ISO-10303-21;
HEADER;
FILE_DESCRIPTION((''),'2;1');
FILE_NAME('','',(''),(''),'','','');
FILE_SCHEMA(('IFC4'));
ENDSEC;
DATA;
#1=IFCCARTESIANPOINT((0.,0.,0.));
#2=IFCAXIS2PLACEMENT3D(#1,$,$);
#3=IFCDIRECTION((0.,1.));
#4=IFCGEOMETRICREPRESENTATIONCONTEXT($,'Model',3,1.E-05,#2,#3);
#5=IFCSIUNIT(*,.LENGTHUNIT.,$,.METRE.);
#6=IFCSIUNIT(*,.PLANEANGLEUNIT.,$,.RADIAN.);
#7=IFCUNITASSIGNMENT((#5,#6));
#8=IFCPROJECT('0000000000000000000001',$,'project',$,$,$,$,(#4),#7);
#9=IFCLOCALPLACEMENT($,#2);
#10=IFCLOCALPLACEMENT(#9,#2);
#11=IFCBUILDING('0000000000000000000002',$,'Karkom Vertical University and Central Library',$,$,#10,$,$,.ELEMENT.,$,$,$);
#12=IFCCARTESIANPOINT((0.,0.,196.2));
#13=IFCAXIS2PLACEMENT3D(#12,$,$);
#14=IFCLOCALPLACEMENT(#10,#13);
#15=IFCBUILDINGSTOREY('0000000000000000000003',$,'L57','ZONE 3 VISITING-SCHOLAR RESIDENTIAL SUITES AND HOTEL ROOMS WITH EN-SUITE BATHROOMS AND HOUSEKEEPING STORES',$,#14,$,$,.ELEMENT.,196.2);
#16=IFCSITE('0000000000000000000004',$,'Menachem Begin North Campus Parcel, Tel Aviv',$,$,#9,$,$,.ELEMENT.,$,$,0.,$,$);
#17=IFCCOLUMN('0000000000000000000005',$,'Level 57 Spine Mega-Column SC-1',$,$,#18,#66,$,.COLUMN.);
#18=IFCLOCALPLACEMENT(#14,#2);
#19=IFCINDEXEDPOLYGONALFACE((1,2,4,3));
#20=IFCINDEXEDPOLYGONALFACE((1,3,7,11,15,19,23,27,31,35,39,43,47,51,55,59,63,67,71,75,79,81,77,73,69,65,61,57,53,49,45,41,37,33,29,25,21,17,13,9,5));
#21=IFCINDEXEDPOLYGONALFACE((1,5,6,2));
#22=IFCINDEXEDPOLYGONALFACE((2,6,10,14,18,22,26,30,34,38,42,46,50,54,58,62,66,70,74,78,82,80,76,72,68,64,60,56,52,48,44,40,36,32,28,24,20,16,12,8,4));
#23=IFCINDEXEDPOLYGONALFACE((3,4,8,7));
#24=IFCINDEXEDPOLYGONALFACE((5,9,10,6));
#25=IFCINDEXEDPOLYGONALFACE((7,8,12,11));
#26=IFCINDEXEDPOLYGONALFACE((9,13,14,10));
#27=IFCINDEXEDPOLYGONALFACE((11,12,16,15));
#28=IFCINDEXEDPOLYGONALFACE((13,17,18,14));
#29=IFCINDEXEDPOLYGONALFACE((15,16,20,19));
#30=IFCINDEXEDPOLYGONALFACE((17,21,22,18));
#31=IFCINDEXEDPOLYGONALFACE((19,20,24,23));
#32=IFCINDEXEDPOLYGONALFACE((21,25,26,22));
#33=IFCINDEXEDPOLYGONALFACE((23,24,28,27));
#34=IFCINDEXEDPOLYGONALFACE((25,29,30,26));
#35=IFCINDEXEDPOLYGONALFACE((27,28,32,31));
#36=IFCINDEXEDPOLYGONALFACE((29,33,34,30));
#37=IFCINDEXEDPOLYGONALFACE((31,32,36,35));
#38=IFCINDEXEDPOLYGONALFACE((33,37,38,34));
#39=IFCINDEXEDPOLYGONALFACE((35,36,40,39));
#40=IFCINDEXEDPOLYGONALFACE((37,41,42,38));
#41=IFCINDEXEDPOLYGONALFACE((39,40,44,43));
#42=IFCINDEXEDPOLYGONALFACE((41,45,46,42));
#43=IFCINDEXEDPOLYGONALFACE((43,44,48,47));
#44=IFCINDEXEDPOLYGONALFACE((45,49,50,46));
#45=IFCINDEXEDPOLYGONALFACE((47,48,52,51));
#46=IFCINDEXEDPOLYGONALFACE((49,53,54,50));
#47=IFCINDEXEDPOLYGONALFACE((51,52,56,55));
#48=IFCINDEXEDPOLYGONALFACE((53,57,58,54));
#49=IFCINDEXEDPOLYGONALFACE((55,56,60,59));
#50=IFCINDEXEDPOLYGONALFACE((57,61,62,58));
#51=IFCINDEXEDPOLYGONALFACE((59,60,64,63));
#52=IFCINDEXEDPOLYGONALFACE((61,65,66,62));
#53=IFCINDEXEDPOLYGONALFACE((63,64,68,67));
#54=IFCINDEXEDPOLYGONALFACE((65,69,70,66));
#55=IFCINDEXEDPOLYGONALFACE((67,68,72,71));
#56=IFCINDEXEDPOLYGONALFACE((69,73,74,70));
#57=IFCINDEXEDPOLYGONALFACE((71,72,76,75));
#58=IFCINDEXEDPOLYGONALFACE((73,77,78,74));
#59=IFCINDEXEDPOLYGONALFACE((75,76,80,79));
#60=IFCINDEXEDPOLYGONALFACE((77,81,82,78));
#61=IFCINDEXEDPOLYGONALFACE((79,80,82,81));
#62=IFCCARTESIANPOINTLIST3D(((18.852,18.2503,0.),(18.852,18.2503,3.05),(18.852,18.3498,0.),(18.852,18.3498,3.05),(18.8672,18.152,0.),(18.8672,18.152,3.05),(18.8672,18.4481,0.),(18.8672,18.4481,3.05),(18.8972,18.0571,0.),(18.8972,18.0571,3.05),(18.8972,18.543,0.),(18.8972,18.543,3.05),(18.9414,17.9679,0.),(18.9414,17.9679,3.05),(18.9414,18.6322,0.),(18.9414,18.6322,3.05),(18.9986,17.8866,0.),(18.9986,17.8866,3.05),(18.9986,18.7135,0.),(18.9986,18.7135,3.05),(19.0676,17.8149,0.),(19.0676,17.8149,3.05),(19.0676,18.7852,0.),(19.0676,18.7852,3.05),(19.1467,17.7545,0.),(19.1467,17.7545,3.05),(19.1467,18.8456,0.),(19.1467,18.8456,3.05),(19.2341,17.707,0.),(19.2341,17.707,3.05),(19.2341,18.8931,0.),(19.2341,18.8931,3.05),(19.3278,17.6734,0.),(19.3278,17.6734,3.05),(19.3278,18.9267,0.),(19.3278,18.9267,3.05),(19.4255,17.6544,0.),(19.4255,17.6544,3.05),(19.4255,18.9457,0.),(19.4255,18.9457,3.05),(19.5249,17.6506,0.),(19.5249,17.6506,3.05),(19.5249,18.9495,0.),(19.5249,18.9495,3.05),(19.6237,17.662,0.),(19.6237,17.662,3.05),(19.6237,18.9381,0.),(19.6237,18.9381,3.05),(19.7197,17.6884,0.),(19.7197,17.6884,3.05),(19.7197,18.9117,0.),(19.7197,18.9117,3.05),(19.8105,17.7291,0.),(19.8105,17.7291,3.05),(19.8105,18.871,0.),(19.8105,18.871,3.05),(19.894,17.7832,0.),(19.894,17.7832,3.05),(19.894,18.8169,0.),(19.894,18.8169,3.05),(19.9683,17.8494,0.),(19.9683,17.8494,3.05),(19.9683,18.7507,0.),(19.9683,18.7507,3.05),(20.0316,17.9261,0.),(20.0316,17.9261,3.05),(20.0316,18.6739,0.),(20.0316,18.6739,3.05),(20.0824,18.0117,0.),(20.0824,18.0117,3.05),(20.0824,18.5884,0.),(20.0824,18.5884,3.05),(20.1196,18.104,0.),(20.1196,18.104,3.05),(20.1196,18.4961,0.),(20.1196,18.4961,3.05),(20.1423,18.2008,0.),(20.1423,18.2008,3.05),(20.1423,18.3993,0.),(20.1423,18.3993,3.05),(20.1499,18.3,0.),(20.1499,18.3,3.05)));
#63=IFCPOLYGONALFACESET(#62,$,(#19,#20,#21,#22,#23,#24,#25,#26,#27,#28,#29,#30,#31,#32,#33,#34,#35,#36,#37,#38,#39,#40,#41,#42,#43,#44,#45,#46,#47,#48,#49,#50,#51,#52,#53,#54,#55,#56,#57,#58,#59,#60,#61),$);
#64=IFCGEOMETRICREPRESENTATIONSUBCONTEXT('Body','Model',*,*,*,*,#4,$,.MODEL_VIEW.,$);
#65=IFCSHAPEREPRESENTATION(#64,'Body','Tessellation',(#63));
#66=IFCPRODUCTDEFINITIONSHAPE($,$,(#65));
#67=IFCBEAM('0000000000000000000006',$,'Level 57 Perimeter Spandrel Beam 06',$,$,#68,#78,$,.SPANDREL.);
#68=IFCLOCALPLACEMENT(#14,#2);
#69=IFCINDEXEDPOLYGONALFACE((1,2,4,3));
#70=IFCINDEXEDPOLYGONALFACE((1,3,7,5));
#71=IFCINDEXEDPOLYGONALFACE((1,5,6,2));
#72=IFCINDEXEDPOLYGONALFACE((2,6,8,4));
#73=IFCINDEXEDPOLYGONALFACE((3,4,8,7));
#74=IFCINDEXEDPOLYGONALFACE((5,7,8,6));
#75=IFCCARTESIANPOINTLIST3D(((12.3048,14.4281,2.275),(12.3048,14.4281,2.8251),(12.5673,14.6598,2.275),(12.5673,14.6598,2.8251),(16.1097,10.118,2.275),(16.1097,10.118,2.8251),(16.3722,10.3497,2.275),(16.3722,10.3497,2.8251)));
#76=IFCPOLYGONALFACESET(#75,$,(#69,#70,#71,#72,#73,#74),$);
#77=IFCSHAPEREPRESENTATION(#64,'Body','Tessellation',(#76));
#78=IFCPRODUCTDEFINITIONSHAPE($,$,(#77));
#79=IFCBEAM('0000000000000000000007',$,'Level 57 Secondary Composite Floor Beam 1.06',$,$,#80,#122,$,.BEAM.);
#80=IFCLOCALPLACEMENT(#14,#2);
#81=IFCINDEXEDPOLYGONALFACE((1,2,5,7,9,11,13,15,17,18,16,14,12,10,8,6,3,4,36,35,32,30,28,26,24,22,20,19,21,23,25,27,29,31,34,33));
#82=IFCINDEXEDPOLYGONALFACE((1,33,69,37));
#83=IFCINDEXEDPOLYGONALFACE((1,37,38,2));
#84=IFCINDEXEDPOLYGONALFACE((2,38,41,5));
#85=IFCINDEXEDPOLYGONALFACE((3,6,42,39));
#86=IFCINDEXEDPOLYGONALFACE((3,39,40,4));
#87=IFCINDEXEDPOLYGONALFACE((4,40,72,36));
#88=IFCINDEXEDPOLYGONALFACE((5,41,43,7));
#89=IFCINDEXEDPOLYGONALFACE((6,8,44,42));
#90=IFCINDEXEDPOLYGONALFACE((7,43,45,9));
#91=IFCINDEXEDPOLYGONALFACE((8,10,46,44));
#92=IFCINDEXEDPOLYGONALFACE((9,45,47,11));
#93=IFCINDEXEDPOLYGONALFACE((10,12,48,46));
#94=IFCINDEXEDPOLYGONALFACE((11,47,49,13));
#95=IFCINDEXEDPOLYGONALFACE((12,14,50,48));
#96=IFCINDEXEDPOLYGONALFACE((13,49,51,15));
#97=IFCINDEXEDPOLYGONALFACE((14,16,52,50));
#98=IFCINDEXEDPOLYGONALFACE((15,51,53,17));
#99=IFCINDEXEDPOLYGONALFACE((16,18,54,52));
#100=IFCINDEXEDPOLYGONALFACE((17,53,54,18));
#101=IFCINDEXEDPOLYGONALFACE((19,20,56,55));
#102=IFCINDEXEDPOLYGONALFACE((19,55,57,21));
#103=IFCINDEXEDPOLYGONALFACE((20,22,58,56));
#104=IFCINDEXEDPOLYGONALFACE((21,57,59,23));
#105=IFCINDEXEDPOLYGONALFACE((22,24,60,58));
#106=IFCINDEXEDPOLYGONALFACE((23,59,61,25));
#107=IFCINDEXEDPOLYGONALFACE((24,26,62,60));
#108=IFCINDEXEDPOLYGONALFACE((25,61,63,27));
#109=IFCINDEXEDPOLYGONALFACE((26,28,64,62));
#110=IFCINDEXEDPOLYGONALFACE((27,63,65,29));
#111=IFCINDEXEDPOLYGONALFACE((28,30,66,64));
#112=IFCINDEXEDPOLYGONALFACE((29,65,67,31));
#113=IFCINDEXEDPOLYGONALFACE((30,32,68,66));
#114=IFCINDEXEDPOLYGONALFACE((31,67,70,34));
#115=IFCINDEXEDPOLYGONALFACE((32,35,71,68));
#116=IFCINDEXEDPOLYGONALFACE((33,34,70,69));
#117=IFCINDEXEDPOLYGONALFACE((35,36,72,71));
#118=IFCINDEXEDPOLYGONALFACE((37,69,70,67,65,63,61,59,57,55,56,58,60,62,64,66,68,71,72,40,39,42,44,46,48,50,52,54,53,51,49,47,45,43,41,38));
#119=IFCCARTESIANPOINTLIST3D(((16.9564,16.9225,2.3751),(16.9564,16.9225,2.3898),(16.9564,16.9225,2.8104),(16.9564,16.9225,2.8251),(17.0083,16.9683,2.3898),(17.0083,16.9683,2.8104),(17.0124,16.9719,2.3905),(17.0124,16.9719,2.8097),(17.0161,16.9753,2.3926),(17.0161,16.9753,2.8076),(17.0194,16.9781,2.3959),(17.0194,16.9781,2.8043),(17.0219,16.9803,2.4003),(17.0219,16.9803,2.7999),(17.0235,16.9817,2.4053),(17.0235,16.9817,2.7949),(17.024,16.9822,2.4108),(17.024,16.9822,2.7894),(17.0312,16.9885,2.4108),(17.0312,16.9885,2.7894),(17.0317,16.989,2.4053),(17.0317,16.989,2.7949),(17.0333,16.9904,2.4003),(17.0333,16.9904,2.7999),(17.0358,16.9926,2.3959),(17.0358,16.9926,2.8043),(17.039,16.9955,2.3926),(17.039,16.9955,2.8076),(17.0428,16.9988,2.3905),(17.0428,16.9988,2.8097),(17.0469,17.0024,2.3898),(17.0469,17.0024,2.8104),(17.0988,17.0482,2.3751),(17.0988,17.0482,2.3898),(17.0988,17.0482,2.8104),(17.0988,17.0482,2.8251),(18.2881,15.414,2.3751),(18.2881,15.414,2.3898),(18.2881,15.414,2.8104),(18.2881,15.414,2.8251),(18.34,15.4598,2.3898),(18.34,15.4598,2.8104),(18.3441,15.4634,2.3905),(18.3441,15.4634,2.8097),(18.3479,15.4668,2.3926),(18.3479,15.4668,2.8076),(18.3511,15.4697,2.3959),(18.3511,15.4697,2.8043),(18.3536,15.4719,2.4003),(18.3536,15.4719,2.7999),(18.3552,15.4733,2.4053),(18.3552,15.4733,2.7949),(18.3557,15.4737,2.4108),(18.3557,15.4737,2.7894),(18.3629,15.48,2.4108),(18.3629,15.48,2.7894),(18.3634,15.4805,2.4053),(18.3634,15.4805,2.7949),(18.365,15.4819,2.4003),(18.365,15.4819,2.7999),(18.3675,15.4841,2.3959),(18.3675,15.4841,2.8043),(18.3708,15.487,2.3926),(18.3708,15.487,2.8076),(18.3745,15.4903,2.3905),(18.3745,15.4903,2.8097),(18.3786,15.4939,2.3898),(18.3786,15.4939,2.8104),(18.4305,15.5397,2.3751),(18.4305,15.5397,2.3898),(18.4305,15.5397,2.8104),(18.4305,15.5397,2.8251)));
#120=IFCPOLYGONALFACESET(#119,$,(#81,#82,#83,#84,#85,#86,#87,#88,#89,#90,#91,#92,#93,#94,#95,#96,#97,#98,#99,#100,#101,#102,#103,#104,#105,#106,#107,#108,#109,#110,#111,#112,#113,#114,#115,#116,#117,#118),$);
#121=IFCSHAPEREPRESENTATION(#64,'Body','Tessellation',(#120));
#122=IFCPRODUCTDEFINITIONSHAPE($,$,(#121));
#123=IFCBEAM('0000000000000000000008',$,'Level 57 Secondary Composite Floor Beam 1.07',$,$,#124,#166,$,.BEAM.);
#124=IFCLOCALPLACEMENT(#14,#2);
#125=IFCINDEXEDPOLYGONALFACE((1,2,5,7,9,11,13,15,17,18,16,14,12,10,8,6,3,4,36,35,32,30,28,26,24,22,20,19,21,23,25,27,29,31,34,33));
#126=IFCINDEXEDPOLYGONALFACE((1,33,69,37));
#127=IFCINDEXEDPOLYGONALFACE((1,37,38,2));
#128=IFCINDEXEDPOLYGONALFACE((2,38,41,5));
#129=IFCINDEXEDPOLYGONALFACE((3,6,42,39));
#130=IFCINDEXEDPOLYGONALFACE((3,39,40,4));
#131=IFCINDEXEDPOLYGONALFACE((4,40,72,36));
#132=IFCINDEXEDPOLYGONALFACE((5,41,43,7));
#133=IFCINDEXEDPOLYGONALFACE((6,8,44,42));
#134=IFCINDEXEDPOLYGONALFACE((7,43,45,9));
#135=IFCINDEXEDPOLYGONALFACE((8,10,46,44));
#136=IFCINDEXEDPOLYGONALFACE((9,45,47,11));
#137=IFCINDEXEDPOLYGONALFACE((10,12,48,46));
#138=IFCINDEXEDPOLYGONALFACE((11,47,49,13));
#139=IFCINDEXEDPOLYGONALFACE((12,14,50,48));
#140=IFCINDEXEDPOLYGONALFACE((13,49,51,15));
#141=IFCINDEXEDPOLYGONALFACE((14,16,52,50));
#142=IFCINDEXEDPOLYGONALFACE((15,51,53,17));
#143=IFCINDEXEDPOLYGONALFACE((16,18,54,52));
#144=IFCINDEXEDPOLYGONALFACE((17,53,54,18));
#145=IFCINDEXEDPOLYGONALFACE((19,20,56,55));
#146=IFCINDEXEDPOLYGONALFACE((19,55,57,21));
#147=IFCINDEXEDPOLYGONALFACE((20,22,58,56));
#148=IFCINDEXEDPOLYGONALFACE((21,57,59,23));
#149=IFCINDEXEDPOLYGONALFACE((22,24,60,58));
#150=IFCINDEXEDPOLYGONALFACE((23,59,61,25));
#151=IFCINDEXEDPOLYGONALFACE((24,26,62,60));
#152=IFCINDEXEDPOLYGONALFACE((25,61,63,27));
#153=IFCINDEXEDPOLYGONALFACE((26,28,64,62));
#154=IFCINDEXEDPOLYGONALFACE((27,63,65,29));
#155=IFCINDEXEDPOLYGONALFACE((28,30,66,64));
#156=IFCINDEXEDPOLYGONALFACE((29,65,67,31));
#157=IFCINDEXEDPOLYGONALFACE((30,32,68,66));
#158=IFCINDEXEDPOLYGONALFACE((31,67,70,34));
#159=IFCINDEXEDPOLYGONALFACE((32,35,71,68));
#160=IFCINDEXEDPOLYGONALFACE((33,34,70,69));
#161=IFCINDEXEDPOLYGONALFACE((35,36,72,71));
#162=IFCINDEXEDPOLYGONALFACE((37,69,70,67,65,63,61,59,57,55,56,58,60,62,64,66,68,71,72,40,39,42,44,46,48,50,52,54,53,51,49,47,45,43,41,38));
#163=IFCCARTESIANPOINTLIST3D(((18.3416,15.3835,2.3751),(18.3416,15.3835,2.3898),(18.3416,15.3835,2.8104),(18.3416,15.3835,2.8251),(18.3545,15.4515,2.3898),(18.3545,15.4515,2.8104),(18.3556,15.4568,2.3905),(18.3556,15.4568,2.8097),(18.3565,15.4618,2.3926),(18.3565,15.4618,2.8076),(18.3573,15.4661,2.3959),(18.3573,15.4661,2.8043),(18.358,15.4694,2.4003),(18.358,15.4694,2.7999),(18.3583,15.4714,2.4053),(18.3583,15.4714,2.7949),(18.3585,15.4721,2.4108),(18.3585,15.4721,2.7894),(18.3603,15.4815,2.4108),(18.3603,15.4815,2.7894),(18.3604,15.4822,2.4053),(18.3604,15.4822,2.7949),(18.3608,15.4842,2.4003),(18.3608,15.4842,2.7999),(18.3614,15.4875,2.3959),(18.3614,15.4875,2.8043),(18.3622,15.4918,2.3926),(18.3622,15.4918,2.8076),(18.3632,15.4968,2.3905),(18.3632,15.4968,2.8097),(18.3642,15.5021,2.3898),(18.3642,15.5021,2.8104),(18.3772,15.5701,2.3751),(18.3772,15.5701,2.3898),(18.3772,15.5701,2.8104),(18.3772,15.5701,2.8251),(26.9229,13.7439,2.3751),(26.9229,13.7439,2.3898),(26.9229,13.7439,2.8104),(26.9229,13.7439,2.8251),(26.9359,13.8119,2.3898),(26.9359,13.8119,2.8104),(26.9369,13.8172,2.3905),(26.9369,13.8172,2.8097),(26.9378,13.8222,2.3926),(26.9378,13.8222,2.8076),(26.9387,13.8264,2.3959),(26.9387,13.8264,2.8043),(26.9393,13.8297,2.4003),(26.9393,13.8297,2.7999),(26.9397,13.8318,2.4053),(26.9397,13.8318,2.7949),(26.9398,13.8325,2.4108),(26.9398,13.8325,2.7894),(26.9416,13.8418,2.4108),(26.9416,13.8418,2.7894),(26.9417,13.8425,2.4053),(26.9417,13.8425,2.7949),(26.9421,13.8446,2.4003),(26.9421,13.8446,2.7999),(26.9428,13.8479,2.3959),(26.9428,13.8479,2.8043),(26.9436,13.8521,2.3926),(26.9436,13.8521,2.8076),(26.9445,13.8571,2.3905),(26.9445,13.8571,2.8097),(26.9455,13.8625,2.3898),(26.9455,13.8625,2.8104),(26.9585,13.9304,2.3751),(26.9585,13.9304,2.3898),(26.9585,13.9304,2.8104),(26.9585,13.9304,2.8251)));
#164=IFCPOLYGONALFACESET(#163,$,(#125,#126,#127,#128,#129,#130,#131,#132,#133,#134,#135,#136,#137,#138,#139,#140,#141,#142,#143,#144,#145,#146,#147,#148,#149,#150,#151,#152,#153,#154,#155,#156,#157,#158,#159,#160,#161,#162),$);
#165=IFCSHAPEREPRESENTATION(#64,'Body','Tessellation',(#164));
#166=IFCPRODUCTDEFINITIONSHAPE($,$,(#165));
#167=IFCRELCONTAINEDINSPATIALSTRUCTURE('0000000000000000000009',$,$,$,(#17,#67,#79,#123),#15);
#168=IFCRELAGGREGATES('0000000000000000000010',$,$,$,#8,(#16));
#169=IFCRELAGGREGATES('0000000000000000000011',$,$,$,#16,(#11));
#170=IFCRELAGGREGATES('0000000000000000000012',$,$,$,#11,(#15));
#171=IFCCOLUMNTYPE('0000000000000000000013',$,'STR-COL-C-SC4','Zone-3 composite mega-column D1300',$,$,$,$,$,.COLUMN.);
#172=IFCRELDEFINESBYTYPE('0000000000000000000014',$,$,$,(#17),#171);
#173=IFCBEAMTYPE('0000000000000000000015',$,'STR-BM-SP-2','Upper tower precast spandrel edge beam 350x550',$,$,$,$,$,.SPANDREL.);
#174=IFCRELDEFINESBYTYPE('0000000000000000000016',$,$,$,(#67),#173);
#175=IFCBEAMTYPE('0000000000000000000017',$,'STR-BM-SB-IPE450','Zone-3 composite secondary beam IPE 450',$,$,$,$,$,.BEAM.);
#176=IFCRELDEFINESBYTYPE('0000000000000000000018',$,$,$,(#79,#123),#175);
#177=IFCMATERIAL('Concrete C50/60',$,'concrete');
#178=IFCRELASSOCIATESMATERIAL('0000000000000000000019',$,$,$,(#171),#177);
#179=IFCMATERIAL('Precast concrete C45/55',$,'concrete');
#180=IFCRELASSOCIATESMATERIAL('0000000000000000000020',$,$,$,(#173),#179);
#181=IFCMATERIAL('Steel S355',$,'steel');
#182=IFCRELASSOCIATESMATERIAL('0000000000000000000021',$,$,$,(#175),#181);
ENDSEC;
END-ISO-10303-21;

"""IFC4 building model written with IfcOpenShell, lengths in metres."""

from ifc_helpers import new_model, si_unit, direction, frame, origin, origin_with_axes, origin_2d, place, context, subcontext, project, spatial, rectangle, circle, i_section, extrude, source, transform, mapped, material, material_profile, profile_set, type_object, element, save


model = new_model("IFC4")

# Units and contexts
model_context = context("Model", 3, precision=1e-05, world=origin(), true_north=direction((0.0, 1.0)))
body_context = subcontext(model_context, "Body", "Model", "MODEL_VIEW")
ifc_project = project(units=[si_unit("LENGTHUNIT", "METRE"), si_unit("PLANEANGLEUNIT", "RADIAN")], contexts=[model_context])

# Site, building, storey
site_placement = place(None, origin())
site = spatial("IfcSite", under=ifc_project, at=site_placement, Name="Menachem Begin North Campus Parcel, Tel Aviv", CompositionType="ELEMENT", RefElevation=0.0)
building_placement = place(site_placement, origin())
building = spatial("IfcBuilding", under=site, at=building_placement, Name="Karkom Vertical University and Central Library", CompositionType="ELEMENT")
storey_placement = place(building_placement, frame((0.0, 0.0, 196.2)))
storey = spatial("IfcBuildingStorey", under=building, at=storey_placement, Name="L57", Description="ZONE 3 VISITING-SCHOLAR RESIDENTIAL SUITES AND HOTEL ROOMS WITH EN-SUITE BATHROOMS AND HOUSEKEEPING STORES", CompositionType="ELEMENT", Elevation=196.2)

# Column
ifc_material_1 = material(Name="Concrete C50/60", Category="concrete")
ifc_material_profile_1 = material_profile(ifc_material_1, circle(Radius=0.6499, at=origin_2d()), Name="CFT-D1300")
ifc_profile_set_1 = profile_set([ifc_material_profile_1], Name="Concrete C50/60")
column_type = type_object("IfcColumnType", Name="STR-COL-C-SC4", Description="Zone-3 composite mega-column D1300", PredefinedType="COLUMN", material=ifc_profile_set_1)
shared_shape_1 = source(origin_with_axes(), body_context, "Body", "SweptSolid", [
    extrude(circle(Radius=0.6499, at=origin_2d()), origin(), (0.0, 0.0, 1.0), 3.05),
])
column_placement = place(storey_placement, frame((19.5, 18.3, 0.0), z_axis=(0.0, 0.0, 1.0), x_axis=(1.0, 0.0, 0.0)))
element("IfcColumn", 1, at=column_placement, inside=storey, type_object=column_type, Name="Level 57 Spine Mega-Column SC-1", PredefinedType="COLUMN", context=body_context, shape_type="MappedRepresentation", body=[
    mapped(shared_shape_1, transform((0.0, 0.0, 0.0), scale=1.0)),
])

# Beams
ifc_material_2 = material(Name="Precast concrete C45/55", Category="concrete")
ifc_material_profile_2 = material_profile(ifc_material_2, rectangle(XDim=0.3501, YDim=0.55, at=origin_2d()), Name="SPB-350x550")
ifc_profile_set_2 = profile_set([ifc_material_profile_2], Name="Precast concrete C45/55")
beam_type_1 = type_object("IfcBeamType", Name="STR-BM-SP-2", Description="Upper tower precast spandrel edge beam 350x550", PredefinedType="SPANDREL", material=ifc_profile_set_2)
shared_shape_2 = source(origin_with_axes(), body_context, "Body", "SweptSolid", [
    extrude(rectangle(XDim=0.3501, YDim=0.55, at=origin_2d()), origin(), (0.0, 0.0, 1.0), 5.7493),
])
beam_1_placement = place(storey_placement, frame((12.436, 14.5439, 2.55), z_axis=(0.661811, -0.749671, 0.0), x_axis=(0.749671, 0.661811, 0.0)))
element("IfcBeam", 2, at=beam_1_placement, inside=storey, type_object=beam_type_1, Name="Level 57 Perimeter Spandrel Beam 06", PredefinedType="SPANDREL", context=body_context, shape_type="MappedRepresentation", body=[
    mapped(shared_shape_2, transform((0.0, 0.0, 0.0), scale=1.0)),
])
ifc_material_3 = material(Name="Steel S355", Category="steel")
ifc_material_profile_3 = material_profile(ifc_material_3, i_section(OverallWidth=0.1899, OverallDepth=0.45, WebThickness=0.0095, FlangeThickness=0.0146, FilletRadius=0.021, at=origin_2d()), Name="IPE 450")
ifc_profile_set_3 = profile_set([ifc_material_profile_3], Name="Steel S355")
beam_type_2 = type_object("IfcBeamType", Name="STR-BM-SB-IPE450", Description="Zone-3 composite secondary beam IPE 450", PredefinedType="BEAM", material=ifc_profile_set_3)
shared_shape_3 = source(origin_with_axes(), body_context, "Body", "SweptSolid", [
    extrude(i_section(OverallWidth=0.1899, OverallDepth=0.45, WebThickness=0.0095, FlangeThickness=0.0146, FilletRadius=0.021, at=origin_2d()), origin(), (0.0, 0.0, 1.0), 2.0122),
])
beam_2_placement = place(storey_placement, frame((17.0276, 16.9854, 2.6001), z_axis=(0.661822, -0.749661, 0.0), x_axis=(0.749661, 0.661822, 0.0)))
element("IfcBeam", 3, at=beam_2_placement, inside=storey, type_object=beam_type_2, Name="Level 57 Secondary Composite Floor Beam 1.06", PredefinedType="BEAM", context=body_context, shape_type="MappedRepresentation", body=[
    mapped(shared_shape_3, transform((0.0, 0.0, 0.0), scale=1.0)),
])
shared_shape_4 = source(origin_with_axes(), body_context, "Body", "SweptSolid", [
    extrude(i_section(OverallWidth=0.1899, OverallDepth=0.45, WebThickness=0.0095, FlangeThickness=0.0146, FilletRadius=0.021, at=origin_2d()), origin(), (0.0, 0.0, 1.0), 8.7366),
])
beam_3_placement = place(storey_placement, frame((18.3594, 15.4768, 2.6001), z_axis=(0.982231, -0.187677, 0.0), x_axis=(0.187677, 0.982231, 0.0)))
element("IfcBeam", 4, at=beam_3_placement, inside=storey, type_object=beam_type_2, Name="Level 57 Secondary Composite Floor Beam 1.07", PredefinedType="BEAM", context=body_context, shape_type="MappedRepresentation", body=[
    mapped(shared_shape_4, transform((0.0, 0.0, 0.0), scale=1.0)),
])

save(model, "model.ifc")
